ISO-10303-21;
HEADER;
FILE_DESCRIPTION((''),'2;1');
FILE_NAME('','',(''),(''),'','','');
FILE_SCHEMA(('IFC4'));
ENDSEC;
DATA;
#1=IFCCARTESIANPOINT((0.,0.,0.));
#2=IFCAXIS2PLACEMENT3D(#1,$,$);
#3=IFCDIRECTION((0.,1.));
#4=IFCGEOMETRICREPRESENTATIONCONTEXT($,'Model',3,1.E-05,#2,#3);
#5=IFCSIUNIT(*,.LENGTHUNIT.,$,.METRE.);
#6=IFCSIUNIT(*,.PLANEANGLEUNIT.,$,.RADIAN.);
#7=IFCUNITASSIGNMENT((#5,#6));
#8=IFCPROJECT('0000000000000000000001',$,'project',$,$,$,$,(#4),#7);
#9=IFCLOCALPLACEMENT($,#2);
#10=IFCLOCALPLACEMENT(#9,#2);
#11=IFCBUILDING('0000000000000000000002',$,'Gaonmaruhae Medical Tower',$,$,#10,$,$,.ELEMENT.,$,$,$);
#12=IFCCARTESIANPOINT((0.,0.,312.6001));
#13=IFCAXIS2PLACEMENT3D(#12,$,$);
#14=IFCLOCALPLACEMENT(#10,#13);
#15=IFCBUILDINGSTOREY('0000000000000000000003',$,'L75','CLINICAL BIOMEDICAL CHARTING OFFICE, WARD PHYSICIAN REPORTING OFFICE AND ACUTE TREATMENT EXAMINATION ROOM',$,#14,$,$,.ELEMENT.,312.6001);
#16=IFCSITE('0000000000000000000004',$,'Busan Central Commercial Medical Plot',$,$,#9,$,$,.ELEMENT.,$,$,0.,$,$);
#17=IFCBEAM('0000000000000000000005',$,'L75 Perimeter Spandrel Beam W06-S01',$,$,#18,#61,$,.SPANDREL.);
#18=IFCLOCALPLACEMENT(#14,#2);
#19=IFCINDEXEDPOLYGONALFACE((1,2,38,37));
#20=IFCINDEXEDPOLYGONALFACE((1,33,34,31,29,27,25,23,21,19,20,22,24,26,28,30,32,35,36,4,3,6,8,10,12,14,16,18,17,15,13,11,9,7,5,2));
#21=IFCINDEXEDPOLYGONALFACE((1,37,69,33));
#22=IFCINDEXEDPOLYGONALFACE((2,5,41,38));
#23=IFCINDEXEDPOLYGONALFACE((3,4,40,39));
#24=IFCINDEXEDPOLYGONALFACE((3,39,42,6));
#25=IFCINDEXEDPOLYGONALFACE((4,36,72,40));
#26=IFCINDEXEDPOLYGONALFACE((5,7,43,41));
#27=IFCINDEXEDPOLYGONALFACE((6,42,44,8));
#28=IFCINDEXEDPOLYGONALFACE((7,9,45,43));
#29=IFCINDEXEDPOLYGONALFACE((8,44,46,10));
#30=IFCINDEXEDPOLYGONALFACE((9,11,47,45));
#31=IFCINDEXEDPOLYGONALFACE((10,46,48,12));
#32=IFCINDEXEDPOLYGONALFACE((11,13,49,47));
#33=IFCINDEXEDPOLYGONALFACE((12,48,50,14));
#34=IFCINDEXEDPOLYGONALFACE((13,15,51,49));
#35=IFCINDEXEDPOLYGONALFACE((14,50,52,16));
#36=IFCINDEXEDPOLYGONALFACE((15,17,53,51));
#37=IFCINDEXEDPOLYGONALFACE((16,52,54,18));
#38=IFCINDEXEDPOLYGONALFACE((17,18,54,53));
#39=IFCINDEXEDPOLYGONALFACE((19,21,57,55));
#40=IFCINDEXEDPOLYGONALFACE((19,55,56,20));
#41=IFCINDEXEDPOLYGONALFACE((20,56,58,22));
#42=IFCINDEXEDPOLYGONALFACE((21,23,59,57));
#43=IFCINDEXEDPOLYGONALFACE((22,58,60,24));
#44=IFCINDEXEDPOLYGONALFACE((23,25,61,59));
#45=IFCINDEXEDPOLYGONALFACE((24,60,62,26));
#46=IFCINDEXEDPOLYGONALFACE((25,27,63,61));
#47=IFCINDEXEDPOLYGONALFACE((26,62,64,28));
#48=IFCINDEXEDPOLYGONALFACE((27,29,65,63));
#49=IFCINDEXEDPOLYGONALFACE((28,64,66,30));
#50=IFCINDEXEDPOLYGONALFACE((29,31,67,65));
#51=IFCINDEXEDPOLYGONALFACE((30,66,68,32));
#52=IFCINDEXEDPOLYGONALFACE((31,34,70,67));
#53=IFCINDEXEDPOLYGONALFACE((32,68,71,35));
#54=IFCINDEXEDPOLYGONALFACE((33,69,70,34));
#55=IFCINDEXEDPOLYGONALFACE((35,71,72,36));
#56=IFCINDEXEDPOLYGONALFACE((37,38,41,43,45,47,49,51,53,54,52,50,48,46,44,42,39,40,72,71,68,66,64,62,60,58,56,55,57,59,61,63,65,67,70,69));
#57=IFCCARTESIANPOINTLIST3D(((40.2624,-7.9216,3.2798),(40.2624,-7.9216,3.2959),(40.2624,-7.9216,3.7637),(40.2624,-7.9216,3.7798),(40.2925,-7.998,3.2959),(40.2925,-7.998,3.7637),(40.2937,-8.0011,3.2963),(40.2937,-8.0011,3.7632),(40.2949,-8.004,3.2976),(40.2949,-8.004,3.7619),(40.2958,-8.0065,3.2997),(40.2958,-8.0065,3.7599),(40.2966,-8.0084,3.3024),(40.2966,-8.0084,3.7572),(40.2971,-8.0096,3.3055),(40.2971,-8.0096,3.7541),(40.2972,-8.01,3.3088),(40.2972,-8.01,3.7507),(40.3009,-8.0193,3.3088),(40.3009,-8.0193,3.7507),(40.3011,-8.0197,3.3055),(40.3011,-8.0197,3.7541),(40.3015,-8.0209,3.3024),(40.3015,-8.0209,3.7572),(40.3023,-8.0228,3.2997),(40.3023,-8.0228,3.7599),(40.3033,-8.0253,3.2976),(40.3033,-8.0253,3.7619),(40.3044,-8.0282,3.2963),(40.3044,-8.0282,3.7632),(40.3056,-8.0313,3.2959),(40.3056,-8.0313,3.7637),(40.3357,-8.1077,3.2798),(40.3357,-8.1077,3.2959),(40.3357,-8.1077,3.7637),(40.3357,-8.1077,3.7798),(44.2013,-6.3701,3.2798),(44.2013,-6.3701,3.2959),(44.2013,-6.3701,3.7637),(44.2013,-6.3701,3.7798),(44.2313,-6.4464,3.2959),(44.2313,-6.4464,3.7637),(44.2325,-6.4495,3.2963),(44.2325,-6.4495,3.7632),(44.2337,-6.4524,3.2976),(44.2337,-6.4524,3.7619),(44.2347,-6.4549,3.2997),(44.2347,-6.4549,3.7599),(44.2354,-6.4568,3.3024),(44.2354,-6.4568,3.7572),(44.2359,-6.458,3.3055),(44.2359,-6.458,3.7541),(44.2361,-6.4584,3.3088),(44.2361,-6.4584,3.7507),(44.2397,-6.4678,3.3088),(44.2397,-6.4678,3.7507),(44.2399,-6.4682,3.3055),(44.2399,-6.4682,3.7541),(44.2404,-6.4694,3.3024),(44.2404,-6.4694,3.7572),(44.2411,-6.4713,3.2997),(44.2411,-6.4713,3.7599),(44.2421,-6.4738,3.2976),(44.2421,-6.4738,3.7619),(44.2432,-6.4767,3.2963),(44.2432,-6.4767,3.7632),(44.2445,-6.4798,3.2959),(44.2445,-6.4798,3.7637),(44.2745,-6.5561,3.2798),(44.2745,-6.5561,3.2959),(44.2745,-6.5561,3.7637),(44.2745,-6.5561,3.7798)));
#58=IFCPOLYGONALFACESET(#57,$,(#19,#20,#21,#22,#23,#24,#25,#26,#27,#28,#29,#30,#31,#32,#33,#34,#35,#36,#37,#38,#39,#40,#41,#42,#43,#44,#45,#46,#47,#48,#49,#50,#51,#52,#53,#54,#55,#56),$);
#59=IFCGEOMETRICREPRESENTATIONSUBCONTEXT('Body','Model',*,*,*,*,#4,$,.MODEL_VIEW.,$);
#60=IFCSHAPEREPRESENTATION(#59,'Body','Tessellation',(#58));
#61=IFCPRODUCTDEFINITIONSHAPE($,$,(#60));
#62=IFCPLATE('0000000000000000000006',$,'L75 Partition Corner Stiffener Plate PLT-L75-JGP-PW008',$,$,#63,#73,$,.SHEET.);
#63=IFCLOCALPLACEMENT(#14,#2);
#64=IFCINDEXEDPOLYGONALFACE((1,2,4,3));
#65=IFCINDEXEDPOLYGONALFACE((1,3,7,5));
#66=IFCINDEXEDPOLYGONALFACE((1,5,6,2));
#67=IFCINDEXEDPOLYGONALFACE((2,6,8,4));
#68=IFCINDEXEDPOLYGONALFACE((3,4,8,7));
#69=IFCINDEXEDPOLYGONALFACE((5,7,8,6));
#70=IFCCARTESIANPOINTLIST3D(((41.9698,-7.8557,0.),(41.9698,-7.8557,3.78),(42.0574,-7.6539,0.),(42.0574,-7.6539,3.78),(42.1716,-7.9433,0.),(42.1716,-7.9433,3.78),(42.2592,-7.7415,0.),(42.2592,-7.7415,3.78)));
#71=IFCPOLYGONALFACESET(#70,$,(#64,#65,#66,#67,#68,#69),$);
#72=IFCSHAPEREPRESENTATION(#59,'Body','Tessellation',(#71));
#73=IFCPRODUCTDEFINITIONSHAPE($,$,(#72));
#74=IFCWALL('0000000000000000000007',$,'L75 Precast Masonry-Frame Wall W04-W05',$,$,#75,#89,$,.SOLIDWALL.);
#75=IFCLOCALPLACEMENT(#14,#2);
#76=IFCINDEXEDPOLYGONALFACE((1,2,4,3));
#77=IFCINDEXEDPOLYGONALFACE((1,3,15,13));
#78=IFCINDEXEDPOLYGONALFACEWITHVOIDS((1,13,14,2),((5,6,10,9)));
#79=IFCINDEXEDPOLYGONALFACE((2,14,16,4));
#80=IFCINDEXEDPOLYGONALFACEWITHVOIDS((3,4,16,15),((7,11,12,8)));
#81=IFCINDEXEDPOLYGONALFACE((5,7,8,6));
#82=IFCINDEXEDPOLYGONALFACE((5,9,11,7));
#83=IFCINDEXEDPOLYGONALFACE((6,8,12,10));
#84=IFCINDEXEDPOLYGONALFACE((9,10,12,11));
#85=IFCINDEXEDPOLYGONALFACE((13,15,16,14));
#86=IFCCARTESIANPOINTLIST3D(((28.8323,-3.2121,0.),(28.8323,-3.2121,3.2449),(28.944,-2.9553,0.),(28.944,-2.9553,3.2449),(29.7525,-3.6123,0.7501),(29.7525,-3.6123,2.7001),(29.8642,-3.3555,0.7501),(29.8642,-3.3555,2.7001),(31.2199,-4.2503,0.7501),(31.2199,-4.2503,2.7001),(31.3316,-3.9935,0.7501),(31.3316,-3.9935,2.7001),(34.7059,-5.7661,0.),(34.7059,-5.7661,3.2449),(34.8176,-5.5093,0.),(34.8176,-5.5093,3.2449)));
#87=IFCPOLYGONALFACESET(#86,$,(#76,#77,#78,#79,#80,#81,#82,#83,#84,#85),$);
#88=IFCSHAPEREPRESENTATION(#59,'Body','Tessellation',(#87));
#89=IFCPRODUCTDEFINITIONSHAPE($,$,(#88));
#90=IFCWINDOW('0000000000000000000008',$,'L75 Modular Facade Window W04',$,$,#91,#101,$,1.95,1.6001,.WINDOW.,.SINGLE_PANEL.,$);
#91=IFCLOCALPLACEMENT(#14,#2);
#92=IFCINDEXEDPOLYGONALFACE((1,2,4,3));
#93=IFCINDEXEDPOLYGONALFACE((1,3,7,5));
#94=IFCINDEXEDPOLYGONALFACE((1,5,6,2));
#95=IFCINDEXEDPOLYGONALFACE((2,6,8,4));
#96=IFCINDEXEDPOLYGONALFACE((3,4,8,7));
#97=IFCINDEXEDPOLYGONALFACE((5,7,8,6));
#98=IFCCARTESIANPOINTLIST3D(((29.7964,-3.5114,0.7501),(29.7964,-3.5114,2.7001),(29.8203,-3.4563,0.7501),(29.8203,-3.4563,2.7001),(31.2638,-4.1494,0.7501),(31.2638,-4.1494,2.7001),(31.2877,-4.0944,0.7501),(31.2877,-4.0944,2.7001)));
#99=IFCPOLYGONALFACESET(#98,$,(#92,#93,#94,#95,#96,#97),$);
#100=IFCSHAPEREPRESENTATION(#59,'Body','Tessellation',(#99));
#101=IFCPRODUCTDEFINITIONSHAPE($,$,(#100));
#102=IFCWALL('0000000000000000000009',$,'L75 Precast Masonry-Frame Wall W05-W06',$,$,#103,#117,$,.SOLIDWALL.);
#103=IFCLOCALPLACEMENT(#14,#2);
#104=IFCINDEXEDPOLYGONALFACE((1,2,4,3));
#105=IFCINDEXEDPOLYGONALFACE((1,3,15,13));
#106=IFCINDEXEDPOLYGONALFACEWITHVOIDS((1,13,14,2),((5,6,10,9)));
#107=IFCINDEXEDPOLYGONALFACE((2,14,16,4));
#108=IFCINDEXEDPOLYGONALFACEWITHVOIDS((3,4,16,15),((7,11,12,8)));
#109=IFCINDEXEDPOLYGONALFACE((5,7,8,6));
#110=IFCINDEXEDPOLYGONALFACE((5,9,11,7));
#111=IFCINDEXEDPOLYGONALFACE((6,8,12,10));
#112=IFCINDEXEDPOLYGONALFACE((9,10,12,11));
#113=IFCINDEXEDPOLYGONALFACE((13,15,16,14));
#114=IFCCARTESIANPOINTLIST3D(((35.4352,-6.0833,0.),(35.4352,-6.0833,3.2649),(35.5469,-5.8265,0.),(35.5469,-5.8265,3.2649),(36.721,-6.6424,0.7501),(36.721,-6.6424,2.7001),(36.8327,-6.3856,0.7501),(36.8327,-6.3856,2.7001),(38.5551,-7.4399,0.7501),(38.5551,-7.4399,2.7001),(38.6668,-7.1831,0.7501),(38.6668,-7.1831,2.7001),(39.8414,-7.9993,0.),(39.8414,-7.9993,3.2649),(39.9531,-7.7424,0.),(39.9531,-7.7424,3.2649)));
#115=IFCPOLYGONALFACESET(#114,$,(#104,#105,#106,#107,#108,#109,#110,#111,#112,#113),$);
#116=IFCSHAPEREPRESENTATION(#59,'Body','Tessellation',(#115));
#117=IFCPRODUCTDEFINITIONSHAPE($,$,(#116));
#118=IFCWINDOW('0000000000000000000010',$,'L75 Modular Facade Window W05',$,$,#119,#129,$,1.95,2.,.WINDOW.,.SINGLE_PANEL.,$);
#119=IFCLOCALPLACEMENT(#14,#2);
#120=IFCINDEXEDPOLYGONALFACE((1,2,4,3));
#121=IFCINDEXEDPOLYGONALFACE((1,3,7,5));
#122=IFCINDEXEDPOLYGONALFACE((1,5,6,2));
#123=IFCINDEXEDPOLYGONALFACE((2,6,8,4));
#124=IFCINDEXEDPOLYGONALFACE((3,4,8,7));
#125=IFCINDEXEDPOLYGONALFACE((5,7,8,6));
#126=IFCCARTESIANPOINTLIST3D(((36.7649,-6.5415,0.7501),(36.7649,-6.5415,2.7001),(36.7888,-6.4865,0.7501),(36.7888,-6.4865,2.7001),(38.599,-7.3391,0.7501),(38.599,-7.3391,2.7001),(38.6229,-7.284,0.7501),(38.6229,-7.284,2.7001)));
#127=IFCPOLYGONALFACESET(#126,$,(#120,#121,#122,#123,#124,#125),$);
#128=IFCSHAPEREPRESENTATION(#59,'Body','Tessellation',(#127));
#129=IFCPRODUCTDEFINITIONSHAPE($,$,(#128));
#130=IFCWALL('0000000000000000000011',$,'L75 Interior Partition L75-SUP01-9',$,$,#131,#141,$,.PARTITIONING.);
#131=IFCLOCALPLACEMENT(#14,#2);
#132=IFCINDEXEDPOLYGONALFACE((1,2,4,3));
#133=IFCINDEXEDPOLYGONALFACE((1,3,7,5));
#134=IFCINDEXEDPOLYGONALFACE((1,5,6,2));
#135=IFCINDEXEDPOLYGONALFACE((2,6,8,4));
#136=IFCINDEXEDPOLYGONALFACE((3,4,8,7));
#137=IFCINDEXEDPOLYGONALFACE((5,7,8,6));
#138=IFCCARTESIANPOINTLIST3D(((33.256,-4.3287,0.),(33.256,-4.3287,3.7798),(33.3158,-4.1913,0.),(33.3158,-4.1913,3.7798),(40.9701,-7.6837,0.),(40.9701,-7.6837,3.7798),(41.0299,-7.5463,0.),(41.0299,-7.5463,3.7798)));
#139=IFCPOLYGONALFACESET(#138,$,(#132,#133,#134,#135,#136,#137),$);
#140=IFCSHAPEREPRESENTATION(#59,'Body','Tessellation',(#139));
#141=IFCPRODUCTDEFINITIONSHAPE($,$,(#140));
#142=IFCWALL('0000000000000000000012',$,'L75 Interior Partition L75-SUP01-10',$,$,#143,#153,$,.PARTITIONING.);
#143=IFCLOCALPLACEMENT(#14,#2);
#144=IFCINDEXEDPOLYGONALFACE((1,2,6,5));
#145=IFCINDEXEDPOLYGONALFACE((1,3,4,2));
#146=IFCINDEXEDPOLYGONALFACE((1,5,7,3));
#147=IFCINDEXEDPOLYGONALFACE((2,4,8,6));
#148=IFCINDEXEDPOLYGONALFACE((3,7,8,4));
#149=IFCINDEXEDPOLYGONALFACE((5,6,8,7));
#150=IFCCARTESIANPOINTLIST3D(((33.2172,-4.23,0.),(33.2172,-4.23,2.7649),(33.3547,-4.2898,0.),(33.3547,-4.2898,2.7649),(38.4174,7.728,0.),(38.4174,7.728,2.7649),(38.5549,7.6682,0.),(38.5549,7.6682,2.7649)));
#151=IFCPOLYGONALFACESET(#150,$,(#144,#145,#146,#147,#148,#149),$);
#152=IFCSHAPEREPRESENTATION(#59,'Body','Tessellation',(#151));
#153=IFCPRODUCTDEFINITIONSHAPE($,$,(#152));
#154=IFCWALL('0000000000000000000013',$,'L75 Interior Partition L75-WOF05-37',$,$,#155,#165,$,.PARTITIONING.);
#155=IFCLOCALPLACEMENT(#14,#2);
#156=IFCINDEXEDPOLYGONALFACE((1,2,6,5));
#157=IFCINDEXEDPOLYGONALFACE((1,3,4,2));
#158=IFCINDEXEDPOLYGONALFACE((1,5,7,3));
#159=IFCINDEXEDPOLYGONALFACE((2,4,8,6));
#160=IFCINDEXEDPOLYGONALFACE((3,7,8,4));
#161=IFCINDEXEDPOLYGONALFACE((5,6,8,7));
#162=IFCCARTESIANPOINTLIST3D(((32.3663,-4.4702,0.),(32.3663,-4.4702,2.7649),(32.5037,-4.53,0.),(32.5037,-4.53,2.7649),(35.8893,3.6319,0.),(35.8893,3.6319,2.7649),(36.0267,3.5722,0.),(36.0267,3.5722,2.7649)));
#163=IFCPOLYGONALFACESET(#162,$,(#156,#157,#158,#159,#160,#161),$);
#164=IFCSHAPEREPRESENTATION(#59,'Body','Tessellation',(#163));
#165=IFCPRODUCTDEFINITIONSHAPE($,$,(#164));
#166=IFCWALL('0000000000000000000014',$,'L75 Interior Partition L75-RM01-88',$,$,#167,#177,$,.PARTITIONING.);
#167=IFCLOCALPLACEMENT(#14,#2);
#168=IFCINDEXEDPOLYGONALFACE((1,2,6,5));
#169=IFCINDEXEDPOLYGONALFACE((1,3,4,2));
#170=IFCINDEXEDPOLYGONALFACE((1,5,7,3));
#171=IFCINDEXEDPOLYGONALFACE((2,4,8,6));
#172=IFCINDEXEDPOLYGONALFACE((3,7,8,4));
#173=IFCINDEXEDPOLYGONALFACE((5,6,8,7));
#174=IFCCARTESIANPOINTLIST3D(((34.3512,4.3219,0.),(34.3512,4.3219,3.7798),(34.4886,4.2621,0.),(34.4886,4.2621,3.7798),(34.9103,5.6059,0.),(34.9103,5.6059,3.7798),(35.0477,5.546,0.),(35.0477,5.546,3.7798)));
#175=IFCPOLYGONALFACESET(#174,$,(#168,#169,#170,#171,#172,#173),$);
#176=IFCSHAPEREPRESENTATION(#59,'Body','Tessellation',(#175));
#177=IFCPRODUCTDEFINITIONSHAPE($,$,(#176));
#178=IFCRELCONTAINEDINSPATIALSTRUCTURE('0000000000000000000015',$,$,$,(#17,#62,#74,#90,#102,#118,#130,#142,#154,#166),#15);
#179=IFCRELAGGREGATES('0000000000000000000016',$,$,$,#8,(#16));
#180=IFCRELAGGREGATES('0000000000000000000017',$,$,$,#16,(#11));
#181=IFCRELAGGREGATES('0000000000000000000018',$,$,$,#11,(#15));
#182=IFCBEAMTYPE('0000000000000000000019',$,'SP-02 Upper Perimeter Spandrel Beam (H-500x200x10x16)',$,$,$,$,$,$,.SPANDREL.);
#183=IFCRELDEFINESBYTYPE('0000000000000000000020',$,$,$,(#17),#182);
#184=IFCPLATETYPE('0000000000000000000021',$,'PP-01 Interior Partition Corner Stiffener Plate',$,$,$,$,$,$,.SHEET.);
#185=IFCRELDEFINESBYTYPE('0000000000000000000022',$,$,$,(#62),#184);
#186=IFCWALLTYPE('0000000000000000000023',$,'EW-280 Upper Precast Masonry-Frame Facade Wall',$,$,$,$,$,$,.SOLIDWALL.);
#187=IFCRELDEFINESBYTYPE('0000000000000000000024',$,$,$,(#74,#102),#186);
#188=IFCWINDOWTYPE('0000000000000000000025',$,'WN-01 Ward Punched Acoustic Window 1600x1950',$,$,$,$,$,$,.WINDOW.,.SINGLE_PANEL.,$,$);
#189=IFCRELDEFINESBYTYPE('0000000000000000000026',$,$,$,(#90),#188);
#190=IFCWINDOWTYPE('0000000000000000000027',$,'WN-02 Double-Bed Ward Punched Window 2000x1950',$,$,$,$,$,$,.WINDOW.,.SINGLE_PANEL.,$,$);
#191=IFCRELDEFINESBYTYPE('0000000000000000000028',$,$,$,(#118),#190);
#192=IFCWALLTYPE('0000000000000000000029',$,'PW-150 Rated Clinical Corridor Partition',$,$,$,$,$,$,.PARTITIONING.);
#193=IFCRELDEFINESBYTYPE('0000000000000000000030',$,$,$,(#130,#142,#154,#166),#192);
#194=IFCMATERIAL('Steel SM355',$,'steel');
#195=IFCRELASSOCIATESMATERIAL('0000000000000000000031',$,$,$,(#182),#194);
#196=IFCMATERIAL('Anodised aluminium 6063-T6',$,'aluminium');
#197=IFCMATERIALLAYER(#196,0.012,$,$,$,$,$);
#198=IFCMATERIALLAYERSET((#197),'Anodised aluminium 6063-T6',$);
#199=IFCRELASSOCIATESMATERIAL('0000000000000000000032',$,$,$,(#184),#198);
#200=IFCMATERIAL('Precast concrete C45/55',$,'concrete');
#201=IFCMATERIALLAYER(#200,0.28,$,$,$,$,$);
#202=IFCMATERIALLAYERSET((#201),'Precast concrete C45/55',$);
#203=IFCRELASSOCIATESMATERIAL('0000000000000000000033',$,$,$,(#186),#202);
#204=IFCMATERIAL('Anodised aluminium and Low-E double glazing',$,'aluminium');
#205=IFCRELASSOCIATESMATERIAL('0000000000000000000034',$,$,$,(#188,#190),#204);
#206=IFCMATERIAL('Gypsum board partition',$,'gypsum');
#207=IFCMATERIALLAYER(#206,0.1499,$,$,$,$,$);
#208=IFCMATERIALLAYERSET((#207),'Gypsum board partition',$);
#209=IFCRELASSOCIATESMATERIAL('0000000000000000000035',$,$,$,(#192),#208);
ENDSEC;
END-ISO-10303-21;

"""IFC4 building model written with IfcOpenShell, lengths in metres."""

from ifc_helpers import new_model, si_unit, direction, frame, frame_2d, origin, origin_2d, place, context, subcontext, project, spatial, rectangle, i_section, extrude, material, layer, layer_set, material_profile, profile_set, type_object, element, fill, save


model = new_model("IFC4")

# Units and contexts
model_context = context("Model", 3, precision=1e-05, world=origin(), true_north=direction((0.0, 1.0)))
body_context = subcontext(model_context, "Body", "Model", "MODEL_VIEW")
ifc_project = project(units=[si_unit("LENGTHUNIT", "METRE"), si_unit("PLANEANGLEUNIT", "RADIAN")], contexts=[model_context])

# Site, building, storey
site_placement = place(None, origin())
site = spatial("IfcSite", under=ifc_project, at=site_placement, Name="Busan Central Commercial Medical Plot", CompositionType="ELEMENT", RefElevation=0.0)
building_placement = place(site_placement, origin())
building = spatial("IfcBuilding", under=site, at=building_placement, Name="Gaonmaruhae Medical Tower", CompositionType="ELEMENT")
storey_placement = place(building_placement, frame((0.0, 0.0, 312.6001)))
storey = spatial("IfcBuildingStorey", under=building, at=storey_placement, Name="L75", Description="CLINICAL BIOMEDICAL CHARTING OFFICE, WARD PHYSICIAN REPORTING OFFICE AND ACUTE TREATMENT EXAMINATION ROOM", CompositionType="ELEMENT", Elevation=312.6001)

# Beam
ifc_material_1 = material(Name="Steel SM355", Category="steel")
ifc_material_profile_1 = material_profile(ifc_material_1, i_section(OverallWidth=0.2, OverallDepth=0.5, WebThickness=0.01, FlangeThickness=0.0161, FilletRadius=0.0129, at=origin_2d()), Name="H-500x200x10x16")
ifc_profile_set_1 = profile_set([ifc_material_profile_1], Name="Steel SM355")
beam_type_1 = type_object("IfcBeamType", Name="SP-02 Upper Perimeter Spandrel Beam (H-500x200x10x16)", PredefinedType="SPANDREL", material=ifc_profile_set_1)
beam_1_placement = place(storey_placement, frame((40.2991, -8.0146, 3.5298), z_axis=(0.930417, 0.366503, 0.0), x_axis=(-0.366503, 0.930417, 0.0)))
element("IfcBeam", 1, at=beam_1_placement, inside=storey, type_object=beam_type_1, Name="L75 Perimeter Spandrel Beam W06-S01", PredefinedType="SPANDREL", context=body_context, shape_type="SweptSolid", body=[
    extrude(i_section(OverallWidth=0.2, OverallDepth=0.5, WebThickness=0.01, FlangeThickness=0.0161, FilletRadius=0.0129, at=origin_2d()), origin(), (0.0, 0.0, 1.0), 4.2334),
])

# Plate
ifc_material_2 = material(Name="Anodised aluminium 6063-T6", Category="aluminium")
ifc_layer_1 = layer(ifc_material_2, 0.012)
ifc_layer_set_1 = layer_set([ifc_layer_1], Name="Anodised aluminium 6063-T6")
plate_type = type_object("IfcPlateType", Name="PP-01 Interior Partition Corner Stiffener Plate", PredefinedType="SHEET", material=ifc_layer_set_1)
plate_placement = place(storey_placement, frame((42.1145, -7.7986, 0.0), z_axis=(0.0, 0.0, 1.0), x_axis=(-0.917248, 0.398317, 0.0)))
element("IfcPlate", 2, at=plate_placement, inside=storey, type_object=plate_type, Name="L75 Partition Corner Stiffener Plate PLT-L75-JGP-PW008", PredefinedType="SHEET", context=body_context, shape_type="SweptSolid", body=[
    extrude(rectangle(XDim=0.22, YDim=0.22, at=origin_2d()), origin(), (0.0, 0.0, 1.0), 3.78),
])

# Walls, openings, windows
ifc_material_3 = material(Name="Precast concrete C45/55", Category="concrete")
ifc_layer_2 = layer(ifc_material_3, 0.28)
ifc_layer_set_2 = layer_set([ifc_layer_2], Name="Precast concrete C45/55")
wall_type_1 = type_object("IfcWallType", Name="EW-280 Upper Precast Masonry-Frame Facade Wall", PredefinedType="SOLIDWALL", material=ifc_layer_set_2)
wall_1_placement = place(storey_placement, frame((34.7617, -5.6377, 0.0), z_axis=(0.0, 0.0, 1.0), x_axis=(-0.917056, 0.398758, 0.0)))
wall_1 = element("IfcWall", 3, at=wall_1_placement, inside=storey, type_object=wall_type_1, Name="L75 Precast Masonry-Frame Wall W04-W05", PredefinedType="SOLIDWALL", context=body_context, shape_type="SweptSolid", body=[
    extrude(rectangle(XDim=6.4048, YDim=0.28, at=frame_2d((3.2024, 0.0))), origin(), (0.0, 0.0, 1.0), 3.2449),
])
opening_1_placement = place(wall_1_placement, frame((3.8013, 0.0, 0.75)))
opening_1 = element("IfcOpeningElement", 4, at=opening_1_placement, cuts=wall_1, PredefinedType="OPENING", context=body_context, shape_type="SweptSolid", body=[
    extrude(rectangle(XDim=1.6001, YDim=1.95, at=frame_2d((0.8, 0.9751))), frame((0.0, 0.1499, 0.0), z_axis=(0.0, -1.0, 0.0), x_axis=(1.0, 0.0, 0.0)), (0.0, 0.0, 1.0), 0.3),
])
ifc_material_4 = material(Name="Anodised aluminium and Low-E double glazing", Category="aluminium")
window_type_1 = type_object("IfcWindowType", Name="WN-01 Ward Punched Acoustic Window 1600x1950", PartitioningType="SINGLE_PANEL", PredefinedType="WINDOW", material=ifc_material_4)
window_1_placement = place(opening_1_placement, origin())
window_1 = element("IfcWindow", 5, at=window_1_placement, inside=storey, type_object=window_type_1, Name="L75 Modular Facade Window W04", OverallHeight=1.95, OverallWidth=1.6001, PartitioningType="SINGLE_PANEL", PredefinedType="WINDOW", context=body_context, shape_type="SweptSolid", body=[
    extrude(rectangle(XDim=1.6001, YDim=1.95, at=frame_2d((0.8, 0.9751))), frame((0.0, 0.03, 0.0), z_axis=(0.0, -1.0, 0.0), x_axis=(1.0, 0.0, 0.0)), (0.0, 0.0, 1.0), 0.0601),
])
fill(opening_1, window_1)
wall_2_placement = place(storey_placement, frame((39.8972, -7.8708, 0.0), z_axis=(0.0, 0.0, 1.0), x_axis=(-0.917051, 0.398771, 0.0)))
wall_2 = element("IfcWall", 6, at=wall_2_placement, inside=storey, type_object=wall_type_1, Name="L75 Precast Masonry-Frame Wall W05-W06", PredefinedType="SOLIDWALL", context=body_context, shape_type="SweptSolid", body=[
    extrude(rectangle(XDim=4.8047, YDim=0.28, at=frame_2d((2.4023, 0.0))), origin(), (0.0, 0.0, 1.0), 3.2649),
])
opening_2_placement = place(wall_2_placement, frame((1.4026, 0.0, 0.75)))
opening_2 = element("IfcOpeningElement", 7, at=opening_2_placement, cuts=wall_2, PredefinedType="OPENING", context=body_context, shape_type="SweptSolid", body=[
    extrude(rectangle(XDim=2.0, YDim=1.95, at=frame_2d((1.0, 0.9751))), frame((0.0, 0.1499, 0.0), z_axis=(0.0, -1.0, 0.0), x_axis=(1.0, 0.0, 0.0)), (0.0, 0.0, 1.0), 0.3),
])
window_type_2 = type_object("IfcWindowType", Name="WN-02 Double-Bed Ward Punched Window 2000x1950", PartitioningType="SINGLE_PANEL", PredefinedType="WINDOW", material=ifc_material_4)
window_2_placement = place(opening_2_placement, origin())
window_2 = element("IfcWindow", 8, at=window_2_placement, inside=storey, type_object=window_type_2, Name="L75 Modular Facade Window W05", OverallHeight=1.95, OverallWidth=2.0, PartitioningType="SINGLE_PANEL", PredefinedType="WINDOW", context=body_context, shape_type="SweptSolid", body=[
    extrude(rectangle(XDim=2.0, YDim=1.95, at=frame_2d((1.0, 0.9751))), frame((0.0, 0.03, 0.0), z_axis=(0.0, -1.0, 0.0), x_axis=(1.0, 0.0, 0.0)), (0.0, 0.0, 1.0), 0.0601),
])
fill(opening_2, window_2)

# Walls
ifc_material_5 = material(Name="Gypsum board partition", Category="gypsum")
ifc_layer_3 = layer(ifc_material_5, 0.1499)
ifc_layer_set_3 = layer_set([ifc_layer_3], Name="Gypsum board partition")
wall_type_2 = type_object("IfcWallType", Name="PW-150 Rated Clinical Corridor Partition", PredefinedType="PARTITIONING", material=ifc_layer_set_3)
wall_3_placement = place(storey_placement, frame((41.0, -7.615, 0.0), z_axis=(0.0, 0.0, 1.0), x_axis=(-0.917026, 0.398828, 0.0)))
element("IfcWall", 9, at=wall_3_placement, inside=storey, type_object=wall_type_2, Name="L75 Interior Partition L75-SUP01-9", PredefinedType="PARTITIONING", context=body_context, shape_type="SweptSolid", body=[
    extrude(rectangle(XDim=8.4121, YDim=0.1499, at=frame_2d((4.2061, 0.0))), origin(), (0.0, 0.0, 1.0), 3.7798),
])
wall_4_placement = place(storey_placement, frame((33.2859, -4.26, 0.0), z_axis=(0.0, 0.0, 1.0), x_axis=(0.398795, 0.91704, 0.0)))
element("IfcWall", 10, at=wall_4_placement, inside=storey, type_object=wall_type_2, Name="L75 Interior Partition L75-SUP01-10", PredefinedType="PARTITIONING", context=body_context, shape_type="SweptSolid", body=[
    extrude(rectangle(XDim=13.0398, YDim=0.1499, at=frame_2d((6.52, 0.0))), origin(), (0.0, 0.0, 1.0), 2.7649),
])
wall_5_placement = place(storey_placement, frame((35.958, 3.6021, 0.0), z_axis=(0.0, 0.0, 1.0), x_axis=(-0.398756, -0.917057, 0.0)))
element("IfcWall", 11, at=wall_5_placement, inside=storey, type_object=wall_type_2, Name="L75 Interior Partition L75-WOF05-37", PredefinedType="PARTITIONING", context=body_context, shape_type="SweptSolid", body=[
    extrude(rectangle(XDim=8.835, YDim=0.1499, at=frame_2d((4.4175, 0.0))), origin(), (0.0, 0.0, 1.0), 2.7649),
])
wall_6_placement = place(storey_placement, frame((34.979, 5.5759, 0.0), z_axis=(0.0, 0.0, 1.0), x_axis=(-0.399236, -0.916848, 0.0)))
element("IfcWall", 12, at=wall_6_placement, inside=storey, type_object=wall_type_2, Name="L75 Interior Partition L75-RM01-88", PredefinedType="PARTITIONING", context=body_context, shape_type="SweptSolid", body=[
    extrude(rectangle(XDim=1.4004, YDim=0.1499, at=frame_2d((0.7002, 0.0))), origin(), (0.0, 0.0, 1.0), 3.7798),
])

save(model, "model.ifc")
